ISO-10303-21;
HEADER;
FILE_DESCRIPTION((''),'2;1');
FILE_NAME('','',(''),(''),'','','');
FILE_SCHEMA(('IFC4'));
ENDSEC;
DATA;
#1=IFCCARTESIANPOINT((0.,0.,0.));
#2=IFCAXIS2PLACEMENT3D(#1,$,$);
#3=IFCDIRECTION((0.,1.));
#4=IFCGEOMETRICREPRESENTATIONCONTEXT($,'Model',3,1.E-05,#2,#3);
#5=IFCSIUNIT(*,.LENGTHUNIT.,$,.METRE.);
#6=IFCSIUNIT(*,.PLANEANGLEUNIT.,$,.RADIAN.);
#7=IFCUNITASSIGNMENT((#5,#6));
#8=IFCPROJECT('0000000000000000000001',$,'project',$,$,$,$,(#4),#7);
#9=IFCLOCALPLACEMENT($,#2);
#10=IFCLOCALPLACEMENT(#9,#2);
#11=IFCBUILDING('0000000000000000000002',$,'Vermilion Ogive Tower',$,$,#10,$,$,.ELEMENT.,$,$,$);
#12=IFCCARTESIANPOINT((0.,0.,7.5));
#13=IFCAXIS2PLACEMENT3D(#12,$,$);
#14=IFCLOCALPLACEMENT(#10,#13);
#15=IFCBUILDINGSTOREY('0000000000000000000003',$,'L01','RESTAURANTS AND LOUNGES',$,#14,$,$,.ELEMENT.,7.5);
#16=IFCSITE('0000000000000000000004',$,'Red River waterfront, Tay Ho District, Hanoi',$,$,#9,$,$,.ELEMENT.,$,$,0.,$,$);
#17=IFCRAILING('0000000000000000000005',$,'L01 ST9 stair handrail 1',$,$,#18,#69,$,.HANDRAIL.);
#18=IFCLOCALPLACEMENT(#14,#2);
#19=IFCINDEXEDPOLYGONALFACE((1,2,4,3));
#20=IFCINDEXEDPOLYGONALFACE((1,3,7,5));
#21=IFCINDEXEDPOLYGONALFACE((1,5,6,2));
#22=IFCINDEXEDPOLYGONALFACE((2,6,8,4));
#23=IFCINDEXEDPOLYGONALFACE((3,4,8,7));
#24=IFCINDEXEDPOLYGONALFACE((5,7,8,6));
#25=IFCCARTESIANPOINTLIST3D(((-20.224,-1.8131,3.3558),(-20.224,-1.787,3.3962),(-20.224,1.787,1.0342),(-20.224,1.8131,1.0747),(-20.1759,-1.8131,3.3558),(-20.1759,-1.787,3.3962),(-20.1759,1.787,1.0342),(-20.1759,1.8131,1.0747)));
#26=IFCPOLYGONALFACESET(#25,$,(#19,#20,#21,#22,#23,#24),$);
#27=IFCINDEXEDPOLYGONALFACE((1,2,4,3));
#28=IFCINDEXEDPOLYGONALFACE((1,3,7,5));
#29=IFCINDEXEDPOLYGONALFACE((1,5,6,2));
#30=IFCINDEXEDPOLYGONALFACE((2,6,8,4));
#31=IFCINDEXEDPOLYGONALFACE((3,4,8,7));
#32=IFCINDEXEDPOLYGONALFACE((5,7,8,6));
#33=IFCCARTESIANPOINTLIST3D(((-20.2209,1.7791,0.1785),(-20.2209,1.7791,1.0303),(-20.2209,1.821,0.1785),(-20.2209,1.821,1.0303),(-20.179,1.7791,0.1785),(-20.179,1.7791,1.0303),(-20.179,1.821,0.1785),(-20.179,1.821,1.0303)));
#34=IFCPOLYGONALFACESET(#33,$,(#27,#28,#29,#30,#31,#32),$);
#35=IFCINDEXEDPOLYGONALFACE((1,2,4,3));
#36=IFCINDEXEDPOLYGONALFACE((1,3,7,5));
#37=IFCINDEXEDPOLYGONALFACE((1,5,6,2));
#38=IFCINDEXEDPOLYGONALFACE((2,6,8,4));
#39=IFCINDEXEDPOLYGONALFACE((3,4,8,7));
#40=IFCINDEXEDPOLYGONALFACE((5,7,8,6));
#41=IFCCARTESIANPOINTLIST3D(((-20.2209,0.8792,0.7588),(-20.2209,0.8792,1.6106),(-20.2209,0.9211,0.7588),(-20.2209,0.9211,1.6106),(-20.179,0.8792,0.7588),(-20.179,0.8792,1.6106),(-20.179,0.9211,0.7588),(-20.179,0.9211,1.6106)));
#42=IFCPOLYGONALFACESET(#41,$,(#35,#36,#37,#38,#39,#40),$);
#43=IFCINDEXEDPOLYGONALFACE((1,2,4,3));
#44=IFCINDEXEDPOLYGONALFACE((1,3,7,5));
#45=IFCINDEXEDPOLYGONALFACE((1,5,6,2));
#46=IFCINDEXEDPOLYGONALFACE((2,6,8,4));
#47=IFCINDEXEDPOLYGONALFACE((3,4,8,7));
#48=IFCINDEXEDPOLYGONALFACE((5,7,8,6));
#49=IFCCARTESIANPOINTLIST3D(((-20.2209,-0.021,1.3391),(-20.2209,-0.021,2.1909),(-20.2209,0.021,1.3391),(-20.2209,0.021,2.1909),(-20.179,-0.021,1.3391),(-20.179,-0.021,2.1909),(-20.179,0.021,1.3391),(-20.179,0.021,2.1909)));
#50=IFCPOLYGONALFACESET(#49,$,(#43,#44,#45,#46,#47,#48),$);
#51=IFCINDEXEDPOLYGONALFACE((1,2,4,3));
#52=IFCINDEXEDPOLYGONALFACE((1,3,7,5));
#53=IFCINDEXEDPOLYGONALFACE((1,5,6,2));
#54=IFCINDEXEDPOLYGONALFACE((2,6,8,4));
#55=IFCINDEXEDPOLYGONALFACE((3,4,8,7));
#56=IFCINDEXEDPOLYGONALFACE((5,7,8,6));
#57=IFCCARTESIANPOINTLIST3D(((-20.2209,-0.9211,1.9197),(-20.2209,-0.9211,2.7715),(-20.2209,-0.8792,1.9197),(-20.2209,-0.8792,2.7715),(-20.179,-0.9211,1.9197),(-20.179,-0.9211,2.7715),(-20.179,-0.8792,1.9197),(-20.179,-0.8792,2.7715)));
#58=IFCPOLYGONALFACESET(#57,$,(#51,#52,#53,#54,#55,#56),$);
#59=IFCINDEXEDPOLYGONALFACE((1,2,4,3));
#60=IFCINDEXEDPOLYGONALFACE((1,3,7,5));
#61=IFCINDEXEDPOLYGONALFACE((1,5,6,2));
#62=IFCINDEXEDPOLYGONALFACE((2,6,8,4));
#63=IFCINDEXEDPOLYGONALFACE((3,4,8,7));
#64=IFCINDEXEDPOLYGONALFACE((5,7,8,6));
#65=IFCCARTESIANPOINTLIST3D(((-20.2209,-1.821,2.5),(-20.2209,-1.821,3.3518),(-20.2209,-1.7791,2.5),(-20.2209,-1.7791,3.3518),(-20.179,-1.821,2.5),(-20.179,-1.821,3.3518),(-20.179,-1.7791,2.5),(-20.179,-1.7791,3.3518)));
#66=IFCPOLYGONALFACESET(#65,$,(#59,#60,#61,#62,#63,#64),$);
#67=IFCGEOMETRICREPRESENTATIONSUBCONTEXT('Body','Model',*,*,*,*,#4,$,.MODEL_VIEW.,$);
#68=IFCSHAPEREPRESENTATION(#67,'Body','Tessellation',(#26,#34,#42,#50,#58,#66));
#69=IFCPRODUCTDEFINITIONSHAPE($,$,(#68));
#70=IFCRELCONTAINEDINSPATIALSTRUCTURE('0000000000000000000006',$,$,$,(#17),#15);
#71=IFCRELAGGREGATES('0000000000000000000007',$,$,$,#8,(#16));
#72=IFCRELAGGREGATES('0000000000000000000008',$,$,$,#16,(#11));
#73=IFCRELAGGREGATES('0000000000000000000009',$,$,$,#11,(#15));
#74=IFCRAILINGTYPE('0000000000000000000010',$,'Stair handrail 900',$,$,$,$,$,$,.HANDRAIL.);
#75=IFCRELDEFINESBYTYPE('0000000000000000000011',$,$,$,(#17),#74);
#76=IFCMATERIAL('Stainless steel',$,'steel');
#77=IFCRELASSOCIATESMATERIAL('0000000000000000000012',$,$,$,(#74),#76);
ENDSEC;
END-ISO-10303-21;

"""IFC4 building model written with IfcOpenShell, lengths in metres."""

from ifc_helpers import new_model, si_unit, direction, frame, origin, origin_2d, place, context, subcontext, project, spatial, rectangle, extrude, material, type_object, element, save


model = new_model("IFC4")

# Units and contexts
model_context = context("Model", 3, precision=1e-05, world=origin(), true_north=direction((0.0, 1.0)))
body_context = subcontext(model_context, "Body", "Model", "MODEL_VIEW")
ifc_project = project(units=[si_unit("LENGTHUNIT", "METRE"), si_unit("PLANEANGLEUNIT", "RADIAN")], contexts=[model_context])

# Site, building, storey
site_placement = place(None, origin())
site = spatial("IfcSite", under=ifc_project, at=site_placement, Name="Red River waterfront, Tay Ho District, Hanoi", CompositionType="ELEMENT", RefElevation=0.0)
building_placement = place(site_placement, origin())
building = spatial("IfcBuilding", under=site, at=building_placement, Name="Vermilion Ogive Tower", CompositionType="ELEMENT")
storey_placement = place(building_placement, frame((0.0, 0.0, 7.5)))
storey = spatial("IfcBuildingStorey", under=building, at=storey_placement, Name="L01", Description="RESTAURANTS AND LOUNGES", CompositionType="ELEMENT", Elevation=7.5)

# Railing
ifc_material_1 = material(Name="Stainless steel", Category="steel")
railing_type_1 = type_object("IfcRailingType", Name="Stair handrail 900", PredefinedType="HANDRAIL", material=ifc_material_1)
railing_1_placement = place(storey_placement, frame((-20.2, 1.8, 0.1785)))
element("IfcRailing", 1, at=railing_1_placement, inside=storey, type_object=railing_type_1, Name="L01 ST9 stair handrail 1", PredefinedType="HANDRAIL", context=body_context, shape_type="SweptSolid", body=[
    extrude(rectangle(XDim=0.0481, YDim=0.0481, at=origin_2d()), frame((0.0, 0.0, 0.876), z_axis=(0.0, -0.840415, 0.541944), x_axis=(1.0, 0.0, 0.0)), (0.0, 0.0, 1.0), 4.2837),
    extrude(rectangle(XDim=0.042, YDim=0.042, at=origin_2d()), origin(), (0.0, 0.0, 1.0), 0.8518),
    extrude(rectangle(XDim=0.042, YDim=0.042, at=origin_2d()), frame((0.0, -0.8999, 0.5803)), (0.0, 0.0, 1.0), 0.8518),
    extrude(rectangle(XDim=0.042, YDim=0.042, at=origin_2d()), frame((0.0, -1.8, 1.1606)), (0.0, 0.0, 1.0), 0.8518),
    extrude(rectangle(XDim=0.042, YDim=0.042, at=origin_2d()), frame((0.0, -2.7002, 1.7412)), (0.0, 0.0, 1.0), 0.8518),
    extrude(rectangle(XDim=0.042, YDim=0.042, at=origin_2d()), frame((0.0, -3.6001, 2.3215)), (0.0, 0.0, 1.0), 0.8518),
])

save(model, "model.ifc")
